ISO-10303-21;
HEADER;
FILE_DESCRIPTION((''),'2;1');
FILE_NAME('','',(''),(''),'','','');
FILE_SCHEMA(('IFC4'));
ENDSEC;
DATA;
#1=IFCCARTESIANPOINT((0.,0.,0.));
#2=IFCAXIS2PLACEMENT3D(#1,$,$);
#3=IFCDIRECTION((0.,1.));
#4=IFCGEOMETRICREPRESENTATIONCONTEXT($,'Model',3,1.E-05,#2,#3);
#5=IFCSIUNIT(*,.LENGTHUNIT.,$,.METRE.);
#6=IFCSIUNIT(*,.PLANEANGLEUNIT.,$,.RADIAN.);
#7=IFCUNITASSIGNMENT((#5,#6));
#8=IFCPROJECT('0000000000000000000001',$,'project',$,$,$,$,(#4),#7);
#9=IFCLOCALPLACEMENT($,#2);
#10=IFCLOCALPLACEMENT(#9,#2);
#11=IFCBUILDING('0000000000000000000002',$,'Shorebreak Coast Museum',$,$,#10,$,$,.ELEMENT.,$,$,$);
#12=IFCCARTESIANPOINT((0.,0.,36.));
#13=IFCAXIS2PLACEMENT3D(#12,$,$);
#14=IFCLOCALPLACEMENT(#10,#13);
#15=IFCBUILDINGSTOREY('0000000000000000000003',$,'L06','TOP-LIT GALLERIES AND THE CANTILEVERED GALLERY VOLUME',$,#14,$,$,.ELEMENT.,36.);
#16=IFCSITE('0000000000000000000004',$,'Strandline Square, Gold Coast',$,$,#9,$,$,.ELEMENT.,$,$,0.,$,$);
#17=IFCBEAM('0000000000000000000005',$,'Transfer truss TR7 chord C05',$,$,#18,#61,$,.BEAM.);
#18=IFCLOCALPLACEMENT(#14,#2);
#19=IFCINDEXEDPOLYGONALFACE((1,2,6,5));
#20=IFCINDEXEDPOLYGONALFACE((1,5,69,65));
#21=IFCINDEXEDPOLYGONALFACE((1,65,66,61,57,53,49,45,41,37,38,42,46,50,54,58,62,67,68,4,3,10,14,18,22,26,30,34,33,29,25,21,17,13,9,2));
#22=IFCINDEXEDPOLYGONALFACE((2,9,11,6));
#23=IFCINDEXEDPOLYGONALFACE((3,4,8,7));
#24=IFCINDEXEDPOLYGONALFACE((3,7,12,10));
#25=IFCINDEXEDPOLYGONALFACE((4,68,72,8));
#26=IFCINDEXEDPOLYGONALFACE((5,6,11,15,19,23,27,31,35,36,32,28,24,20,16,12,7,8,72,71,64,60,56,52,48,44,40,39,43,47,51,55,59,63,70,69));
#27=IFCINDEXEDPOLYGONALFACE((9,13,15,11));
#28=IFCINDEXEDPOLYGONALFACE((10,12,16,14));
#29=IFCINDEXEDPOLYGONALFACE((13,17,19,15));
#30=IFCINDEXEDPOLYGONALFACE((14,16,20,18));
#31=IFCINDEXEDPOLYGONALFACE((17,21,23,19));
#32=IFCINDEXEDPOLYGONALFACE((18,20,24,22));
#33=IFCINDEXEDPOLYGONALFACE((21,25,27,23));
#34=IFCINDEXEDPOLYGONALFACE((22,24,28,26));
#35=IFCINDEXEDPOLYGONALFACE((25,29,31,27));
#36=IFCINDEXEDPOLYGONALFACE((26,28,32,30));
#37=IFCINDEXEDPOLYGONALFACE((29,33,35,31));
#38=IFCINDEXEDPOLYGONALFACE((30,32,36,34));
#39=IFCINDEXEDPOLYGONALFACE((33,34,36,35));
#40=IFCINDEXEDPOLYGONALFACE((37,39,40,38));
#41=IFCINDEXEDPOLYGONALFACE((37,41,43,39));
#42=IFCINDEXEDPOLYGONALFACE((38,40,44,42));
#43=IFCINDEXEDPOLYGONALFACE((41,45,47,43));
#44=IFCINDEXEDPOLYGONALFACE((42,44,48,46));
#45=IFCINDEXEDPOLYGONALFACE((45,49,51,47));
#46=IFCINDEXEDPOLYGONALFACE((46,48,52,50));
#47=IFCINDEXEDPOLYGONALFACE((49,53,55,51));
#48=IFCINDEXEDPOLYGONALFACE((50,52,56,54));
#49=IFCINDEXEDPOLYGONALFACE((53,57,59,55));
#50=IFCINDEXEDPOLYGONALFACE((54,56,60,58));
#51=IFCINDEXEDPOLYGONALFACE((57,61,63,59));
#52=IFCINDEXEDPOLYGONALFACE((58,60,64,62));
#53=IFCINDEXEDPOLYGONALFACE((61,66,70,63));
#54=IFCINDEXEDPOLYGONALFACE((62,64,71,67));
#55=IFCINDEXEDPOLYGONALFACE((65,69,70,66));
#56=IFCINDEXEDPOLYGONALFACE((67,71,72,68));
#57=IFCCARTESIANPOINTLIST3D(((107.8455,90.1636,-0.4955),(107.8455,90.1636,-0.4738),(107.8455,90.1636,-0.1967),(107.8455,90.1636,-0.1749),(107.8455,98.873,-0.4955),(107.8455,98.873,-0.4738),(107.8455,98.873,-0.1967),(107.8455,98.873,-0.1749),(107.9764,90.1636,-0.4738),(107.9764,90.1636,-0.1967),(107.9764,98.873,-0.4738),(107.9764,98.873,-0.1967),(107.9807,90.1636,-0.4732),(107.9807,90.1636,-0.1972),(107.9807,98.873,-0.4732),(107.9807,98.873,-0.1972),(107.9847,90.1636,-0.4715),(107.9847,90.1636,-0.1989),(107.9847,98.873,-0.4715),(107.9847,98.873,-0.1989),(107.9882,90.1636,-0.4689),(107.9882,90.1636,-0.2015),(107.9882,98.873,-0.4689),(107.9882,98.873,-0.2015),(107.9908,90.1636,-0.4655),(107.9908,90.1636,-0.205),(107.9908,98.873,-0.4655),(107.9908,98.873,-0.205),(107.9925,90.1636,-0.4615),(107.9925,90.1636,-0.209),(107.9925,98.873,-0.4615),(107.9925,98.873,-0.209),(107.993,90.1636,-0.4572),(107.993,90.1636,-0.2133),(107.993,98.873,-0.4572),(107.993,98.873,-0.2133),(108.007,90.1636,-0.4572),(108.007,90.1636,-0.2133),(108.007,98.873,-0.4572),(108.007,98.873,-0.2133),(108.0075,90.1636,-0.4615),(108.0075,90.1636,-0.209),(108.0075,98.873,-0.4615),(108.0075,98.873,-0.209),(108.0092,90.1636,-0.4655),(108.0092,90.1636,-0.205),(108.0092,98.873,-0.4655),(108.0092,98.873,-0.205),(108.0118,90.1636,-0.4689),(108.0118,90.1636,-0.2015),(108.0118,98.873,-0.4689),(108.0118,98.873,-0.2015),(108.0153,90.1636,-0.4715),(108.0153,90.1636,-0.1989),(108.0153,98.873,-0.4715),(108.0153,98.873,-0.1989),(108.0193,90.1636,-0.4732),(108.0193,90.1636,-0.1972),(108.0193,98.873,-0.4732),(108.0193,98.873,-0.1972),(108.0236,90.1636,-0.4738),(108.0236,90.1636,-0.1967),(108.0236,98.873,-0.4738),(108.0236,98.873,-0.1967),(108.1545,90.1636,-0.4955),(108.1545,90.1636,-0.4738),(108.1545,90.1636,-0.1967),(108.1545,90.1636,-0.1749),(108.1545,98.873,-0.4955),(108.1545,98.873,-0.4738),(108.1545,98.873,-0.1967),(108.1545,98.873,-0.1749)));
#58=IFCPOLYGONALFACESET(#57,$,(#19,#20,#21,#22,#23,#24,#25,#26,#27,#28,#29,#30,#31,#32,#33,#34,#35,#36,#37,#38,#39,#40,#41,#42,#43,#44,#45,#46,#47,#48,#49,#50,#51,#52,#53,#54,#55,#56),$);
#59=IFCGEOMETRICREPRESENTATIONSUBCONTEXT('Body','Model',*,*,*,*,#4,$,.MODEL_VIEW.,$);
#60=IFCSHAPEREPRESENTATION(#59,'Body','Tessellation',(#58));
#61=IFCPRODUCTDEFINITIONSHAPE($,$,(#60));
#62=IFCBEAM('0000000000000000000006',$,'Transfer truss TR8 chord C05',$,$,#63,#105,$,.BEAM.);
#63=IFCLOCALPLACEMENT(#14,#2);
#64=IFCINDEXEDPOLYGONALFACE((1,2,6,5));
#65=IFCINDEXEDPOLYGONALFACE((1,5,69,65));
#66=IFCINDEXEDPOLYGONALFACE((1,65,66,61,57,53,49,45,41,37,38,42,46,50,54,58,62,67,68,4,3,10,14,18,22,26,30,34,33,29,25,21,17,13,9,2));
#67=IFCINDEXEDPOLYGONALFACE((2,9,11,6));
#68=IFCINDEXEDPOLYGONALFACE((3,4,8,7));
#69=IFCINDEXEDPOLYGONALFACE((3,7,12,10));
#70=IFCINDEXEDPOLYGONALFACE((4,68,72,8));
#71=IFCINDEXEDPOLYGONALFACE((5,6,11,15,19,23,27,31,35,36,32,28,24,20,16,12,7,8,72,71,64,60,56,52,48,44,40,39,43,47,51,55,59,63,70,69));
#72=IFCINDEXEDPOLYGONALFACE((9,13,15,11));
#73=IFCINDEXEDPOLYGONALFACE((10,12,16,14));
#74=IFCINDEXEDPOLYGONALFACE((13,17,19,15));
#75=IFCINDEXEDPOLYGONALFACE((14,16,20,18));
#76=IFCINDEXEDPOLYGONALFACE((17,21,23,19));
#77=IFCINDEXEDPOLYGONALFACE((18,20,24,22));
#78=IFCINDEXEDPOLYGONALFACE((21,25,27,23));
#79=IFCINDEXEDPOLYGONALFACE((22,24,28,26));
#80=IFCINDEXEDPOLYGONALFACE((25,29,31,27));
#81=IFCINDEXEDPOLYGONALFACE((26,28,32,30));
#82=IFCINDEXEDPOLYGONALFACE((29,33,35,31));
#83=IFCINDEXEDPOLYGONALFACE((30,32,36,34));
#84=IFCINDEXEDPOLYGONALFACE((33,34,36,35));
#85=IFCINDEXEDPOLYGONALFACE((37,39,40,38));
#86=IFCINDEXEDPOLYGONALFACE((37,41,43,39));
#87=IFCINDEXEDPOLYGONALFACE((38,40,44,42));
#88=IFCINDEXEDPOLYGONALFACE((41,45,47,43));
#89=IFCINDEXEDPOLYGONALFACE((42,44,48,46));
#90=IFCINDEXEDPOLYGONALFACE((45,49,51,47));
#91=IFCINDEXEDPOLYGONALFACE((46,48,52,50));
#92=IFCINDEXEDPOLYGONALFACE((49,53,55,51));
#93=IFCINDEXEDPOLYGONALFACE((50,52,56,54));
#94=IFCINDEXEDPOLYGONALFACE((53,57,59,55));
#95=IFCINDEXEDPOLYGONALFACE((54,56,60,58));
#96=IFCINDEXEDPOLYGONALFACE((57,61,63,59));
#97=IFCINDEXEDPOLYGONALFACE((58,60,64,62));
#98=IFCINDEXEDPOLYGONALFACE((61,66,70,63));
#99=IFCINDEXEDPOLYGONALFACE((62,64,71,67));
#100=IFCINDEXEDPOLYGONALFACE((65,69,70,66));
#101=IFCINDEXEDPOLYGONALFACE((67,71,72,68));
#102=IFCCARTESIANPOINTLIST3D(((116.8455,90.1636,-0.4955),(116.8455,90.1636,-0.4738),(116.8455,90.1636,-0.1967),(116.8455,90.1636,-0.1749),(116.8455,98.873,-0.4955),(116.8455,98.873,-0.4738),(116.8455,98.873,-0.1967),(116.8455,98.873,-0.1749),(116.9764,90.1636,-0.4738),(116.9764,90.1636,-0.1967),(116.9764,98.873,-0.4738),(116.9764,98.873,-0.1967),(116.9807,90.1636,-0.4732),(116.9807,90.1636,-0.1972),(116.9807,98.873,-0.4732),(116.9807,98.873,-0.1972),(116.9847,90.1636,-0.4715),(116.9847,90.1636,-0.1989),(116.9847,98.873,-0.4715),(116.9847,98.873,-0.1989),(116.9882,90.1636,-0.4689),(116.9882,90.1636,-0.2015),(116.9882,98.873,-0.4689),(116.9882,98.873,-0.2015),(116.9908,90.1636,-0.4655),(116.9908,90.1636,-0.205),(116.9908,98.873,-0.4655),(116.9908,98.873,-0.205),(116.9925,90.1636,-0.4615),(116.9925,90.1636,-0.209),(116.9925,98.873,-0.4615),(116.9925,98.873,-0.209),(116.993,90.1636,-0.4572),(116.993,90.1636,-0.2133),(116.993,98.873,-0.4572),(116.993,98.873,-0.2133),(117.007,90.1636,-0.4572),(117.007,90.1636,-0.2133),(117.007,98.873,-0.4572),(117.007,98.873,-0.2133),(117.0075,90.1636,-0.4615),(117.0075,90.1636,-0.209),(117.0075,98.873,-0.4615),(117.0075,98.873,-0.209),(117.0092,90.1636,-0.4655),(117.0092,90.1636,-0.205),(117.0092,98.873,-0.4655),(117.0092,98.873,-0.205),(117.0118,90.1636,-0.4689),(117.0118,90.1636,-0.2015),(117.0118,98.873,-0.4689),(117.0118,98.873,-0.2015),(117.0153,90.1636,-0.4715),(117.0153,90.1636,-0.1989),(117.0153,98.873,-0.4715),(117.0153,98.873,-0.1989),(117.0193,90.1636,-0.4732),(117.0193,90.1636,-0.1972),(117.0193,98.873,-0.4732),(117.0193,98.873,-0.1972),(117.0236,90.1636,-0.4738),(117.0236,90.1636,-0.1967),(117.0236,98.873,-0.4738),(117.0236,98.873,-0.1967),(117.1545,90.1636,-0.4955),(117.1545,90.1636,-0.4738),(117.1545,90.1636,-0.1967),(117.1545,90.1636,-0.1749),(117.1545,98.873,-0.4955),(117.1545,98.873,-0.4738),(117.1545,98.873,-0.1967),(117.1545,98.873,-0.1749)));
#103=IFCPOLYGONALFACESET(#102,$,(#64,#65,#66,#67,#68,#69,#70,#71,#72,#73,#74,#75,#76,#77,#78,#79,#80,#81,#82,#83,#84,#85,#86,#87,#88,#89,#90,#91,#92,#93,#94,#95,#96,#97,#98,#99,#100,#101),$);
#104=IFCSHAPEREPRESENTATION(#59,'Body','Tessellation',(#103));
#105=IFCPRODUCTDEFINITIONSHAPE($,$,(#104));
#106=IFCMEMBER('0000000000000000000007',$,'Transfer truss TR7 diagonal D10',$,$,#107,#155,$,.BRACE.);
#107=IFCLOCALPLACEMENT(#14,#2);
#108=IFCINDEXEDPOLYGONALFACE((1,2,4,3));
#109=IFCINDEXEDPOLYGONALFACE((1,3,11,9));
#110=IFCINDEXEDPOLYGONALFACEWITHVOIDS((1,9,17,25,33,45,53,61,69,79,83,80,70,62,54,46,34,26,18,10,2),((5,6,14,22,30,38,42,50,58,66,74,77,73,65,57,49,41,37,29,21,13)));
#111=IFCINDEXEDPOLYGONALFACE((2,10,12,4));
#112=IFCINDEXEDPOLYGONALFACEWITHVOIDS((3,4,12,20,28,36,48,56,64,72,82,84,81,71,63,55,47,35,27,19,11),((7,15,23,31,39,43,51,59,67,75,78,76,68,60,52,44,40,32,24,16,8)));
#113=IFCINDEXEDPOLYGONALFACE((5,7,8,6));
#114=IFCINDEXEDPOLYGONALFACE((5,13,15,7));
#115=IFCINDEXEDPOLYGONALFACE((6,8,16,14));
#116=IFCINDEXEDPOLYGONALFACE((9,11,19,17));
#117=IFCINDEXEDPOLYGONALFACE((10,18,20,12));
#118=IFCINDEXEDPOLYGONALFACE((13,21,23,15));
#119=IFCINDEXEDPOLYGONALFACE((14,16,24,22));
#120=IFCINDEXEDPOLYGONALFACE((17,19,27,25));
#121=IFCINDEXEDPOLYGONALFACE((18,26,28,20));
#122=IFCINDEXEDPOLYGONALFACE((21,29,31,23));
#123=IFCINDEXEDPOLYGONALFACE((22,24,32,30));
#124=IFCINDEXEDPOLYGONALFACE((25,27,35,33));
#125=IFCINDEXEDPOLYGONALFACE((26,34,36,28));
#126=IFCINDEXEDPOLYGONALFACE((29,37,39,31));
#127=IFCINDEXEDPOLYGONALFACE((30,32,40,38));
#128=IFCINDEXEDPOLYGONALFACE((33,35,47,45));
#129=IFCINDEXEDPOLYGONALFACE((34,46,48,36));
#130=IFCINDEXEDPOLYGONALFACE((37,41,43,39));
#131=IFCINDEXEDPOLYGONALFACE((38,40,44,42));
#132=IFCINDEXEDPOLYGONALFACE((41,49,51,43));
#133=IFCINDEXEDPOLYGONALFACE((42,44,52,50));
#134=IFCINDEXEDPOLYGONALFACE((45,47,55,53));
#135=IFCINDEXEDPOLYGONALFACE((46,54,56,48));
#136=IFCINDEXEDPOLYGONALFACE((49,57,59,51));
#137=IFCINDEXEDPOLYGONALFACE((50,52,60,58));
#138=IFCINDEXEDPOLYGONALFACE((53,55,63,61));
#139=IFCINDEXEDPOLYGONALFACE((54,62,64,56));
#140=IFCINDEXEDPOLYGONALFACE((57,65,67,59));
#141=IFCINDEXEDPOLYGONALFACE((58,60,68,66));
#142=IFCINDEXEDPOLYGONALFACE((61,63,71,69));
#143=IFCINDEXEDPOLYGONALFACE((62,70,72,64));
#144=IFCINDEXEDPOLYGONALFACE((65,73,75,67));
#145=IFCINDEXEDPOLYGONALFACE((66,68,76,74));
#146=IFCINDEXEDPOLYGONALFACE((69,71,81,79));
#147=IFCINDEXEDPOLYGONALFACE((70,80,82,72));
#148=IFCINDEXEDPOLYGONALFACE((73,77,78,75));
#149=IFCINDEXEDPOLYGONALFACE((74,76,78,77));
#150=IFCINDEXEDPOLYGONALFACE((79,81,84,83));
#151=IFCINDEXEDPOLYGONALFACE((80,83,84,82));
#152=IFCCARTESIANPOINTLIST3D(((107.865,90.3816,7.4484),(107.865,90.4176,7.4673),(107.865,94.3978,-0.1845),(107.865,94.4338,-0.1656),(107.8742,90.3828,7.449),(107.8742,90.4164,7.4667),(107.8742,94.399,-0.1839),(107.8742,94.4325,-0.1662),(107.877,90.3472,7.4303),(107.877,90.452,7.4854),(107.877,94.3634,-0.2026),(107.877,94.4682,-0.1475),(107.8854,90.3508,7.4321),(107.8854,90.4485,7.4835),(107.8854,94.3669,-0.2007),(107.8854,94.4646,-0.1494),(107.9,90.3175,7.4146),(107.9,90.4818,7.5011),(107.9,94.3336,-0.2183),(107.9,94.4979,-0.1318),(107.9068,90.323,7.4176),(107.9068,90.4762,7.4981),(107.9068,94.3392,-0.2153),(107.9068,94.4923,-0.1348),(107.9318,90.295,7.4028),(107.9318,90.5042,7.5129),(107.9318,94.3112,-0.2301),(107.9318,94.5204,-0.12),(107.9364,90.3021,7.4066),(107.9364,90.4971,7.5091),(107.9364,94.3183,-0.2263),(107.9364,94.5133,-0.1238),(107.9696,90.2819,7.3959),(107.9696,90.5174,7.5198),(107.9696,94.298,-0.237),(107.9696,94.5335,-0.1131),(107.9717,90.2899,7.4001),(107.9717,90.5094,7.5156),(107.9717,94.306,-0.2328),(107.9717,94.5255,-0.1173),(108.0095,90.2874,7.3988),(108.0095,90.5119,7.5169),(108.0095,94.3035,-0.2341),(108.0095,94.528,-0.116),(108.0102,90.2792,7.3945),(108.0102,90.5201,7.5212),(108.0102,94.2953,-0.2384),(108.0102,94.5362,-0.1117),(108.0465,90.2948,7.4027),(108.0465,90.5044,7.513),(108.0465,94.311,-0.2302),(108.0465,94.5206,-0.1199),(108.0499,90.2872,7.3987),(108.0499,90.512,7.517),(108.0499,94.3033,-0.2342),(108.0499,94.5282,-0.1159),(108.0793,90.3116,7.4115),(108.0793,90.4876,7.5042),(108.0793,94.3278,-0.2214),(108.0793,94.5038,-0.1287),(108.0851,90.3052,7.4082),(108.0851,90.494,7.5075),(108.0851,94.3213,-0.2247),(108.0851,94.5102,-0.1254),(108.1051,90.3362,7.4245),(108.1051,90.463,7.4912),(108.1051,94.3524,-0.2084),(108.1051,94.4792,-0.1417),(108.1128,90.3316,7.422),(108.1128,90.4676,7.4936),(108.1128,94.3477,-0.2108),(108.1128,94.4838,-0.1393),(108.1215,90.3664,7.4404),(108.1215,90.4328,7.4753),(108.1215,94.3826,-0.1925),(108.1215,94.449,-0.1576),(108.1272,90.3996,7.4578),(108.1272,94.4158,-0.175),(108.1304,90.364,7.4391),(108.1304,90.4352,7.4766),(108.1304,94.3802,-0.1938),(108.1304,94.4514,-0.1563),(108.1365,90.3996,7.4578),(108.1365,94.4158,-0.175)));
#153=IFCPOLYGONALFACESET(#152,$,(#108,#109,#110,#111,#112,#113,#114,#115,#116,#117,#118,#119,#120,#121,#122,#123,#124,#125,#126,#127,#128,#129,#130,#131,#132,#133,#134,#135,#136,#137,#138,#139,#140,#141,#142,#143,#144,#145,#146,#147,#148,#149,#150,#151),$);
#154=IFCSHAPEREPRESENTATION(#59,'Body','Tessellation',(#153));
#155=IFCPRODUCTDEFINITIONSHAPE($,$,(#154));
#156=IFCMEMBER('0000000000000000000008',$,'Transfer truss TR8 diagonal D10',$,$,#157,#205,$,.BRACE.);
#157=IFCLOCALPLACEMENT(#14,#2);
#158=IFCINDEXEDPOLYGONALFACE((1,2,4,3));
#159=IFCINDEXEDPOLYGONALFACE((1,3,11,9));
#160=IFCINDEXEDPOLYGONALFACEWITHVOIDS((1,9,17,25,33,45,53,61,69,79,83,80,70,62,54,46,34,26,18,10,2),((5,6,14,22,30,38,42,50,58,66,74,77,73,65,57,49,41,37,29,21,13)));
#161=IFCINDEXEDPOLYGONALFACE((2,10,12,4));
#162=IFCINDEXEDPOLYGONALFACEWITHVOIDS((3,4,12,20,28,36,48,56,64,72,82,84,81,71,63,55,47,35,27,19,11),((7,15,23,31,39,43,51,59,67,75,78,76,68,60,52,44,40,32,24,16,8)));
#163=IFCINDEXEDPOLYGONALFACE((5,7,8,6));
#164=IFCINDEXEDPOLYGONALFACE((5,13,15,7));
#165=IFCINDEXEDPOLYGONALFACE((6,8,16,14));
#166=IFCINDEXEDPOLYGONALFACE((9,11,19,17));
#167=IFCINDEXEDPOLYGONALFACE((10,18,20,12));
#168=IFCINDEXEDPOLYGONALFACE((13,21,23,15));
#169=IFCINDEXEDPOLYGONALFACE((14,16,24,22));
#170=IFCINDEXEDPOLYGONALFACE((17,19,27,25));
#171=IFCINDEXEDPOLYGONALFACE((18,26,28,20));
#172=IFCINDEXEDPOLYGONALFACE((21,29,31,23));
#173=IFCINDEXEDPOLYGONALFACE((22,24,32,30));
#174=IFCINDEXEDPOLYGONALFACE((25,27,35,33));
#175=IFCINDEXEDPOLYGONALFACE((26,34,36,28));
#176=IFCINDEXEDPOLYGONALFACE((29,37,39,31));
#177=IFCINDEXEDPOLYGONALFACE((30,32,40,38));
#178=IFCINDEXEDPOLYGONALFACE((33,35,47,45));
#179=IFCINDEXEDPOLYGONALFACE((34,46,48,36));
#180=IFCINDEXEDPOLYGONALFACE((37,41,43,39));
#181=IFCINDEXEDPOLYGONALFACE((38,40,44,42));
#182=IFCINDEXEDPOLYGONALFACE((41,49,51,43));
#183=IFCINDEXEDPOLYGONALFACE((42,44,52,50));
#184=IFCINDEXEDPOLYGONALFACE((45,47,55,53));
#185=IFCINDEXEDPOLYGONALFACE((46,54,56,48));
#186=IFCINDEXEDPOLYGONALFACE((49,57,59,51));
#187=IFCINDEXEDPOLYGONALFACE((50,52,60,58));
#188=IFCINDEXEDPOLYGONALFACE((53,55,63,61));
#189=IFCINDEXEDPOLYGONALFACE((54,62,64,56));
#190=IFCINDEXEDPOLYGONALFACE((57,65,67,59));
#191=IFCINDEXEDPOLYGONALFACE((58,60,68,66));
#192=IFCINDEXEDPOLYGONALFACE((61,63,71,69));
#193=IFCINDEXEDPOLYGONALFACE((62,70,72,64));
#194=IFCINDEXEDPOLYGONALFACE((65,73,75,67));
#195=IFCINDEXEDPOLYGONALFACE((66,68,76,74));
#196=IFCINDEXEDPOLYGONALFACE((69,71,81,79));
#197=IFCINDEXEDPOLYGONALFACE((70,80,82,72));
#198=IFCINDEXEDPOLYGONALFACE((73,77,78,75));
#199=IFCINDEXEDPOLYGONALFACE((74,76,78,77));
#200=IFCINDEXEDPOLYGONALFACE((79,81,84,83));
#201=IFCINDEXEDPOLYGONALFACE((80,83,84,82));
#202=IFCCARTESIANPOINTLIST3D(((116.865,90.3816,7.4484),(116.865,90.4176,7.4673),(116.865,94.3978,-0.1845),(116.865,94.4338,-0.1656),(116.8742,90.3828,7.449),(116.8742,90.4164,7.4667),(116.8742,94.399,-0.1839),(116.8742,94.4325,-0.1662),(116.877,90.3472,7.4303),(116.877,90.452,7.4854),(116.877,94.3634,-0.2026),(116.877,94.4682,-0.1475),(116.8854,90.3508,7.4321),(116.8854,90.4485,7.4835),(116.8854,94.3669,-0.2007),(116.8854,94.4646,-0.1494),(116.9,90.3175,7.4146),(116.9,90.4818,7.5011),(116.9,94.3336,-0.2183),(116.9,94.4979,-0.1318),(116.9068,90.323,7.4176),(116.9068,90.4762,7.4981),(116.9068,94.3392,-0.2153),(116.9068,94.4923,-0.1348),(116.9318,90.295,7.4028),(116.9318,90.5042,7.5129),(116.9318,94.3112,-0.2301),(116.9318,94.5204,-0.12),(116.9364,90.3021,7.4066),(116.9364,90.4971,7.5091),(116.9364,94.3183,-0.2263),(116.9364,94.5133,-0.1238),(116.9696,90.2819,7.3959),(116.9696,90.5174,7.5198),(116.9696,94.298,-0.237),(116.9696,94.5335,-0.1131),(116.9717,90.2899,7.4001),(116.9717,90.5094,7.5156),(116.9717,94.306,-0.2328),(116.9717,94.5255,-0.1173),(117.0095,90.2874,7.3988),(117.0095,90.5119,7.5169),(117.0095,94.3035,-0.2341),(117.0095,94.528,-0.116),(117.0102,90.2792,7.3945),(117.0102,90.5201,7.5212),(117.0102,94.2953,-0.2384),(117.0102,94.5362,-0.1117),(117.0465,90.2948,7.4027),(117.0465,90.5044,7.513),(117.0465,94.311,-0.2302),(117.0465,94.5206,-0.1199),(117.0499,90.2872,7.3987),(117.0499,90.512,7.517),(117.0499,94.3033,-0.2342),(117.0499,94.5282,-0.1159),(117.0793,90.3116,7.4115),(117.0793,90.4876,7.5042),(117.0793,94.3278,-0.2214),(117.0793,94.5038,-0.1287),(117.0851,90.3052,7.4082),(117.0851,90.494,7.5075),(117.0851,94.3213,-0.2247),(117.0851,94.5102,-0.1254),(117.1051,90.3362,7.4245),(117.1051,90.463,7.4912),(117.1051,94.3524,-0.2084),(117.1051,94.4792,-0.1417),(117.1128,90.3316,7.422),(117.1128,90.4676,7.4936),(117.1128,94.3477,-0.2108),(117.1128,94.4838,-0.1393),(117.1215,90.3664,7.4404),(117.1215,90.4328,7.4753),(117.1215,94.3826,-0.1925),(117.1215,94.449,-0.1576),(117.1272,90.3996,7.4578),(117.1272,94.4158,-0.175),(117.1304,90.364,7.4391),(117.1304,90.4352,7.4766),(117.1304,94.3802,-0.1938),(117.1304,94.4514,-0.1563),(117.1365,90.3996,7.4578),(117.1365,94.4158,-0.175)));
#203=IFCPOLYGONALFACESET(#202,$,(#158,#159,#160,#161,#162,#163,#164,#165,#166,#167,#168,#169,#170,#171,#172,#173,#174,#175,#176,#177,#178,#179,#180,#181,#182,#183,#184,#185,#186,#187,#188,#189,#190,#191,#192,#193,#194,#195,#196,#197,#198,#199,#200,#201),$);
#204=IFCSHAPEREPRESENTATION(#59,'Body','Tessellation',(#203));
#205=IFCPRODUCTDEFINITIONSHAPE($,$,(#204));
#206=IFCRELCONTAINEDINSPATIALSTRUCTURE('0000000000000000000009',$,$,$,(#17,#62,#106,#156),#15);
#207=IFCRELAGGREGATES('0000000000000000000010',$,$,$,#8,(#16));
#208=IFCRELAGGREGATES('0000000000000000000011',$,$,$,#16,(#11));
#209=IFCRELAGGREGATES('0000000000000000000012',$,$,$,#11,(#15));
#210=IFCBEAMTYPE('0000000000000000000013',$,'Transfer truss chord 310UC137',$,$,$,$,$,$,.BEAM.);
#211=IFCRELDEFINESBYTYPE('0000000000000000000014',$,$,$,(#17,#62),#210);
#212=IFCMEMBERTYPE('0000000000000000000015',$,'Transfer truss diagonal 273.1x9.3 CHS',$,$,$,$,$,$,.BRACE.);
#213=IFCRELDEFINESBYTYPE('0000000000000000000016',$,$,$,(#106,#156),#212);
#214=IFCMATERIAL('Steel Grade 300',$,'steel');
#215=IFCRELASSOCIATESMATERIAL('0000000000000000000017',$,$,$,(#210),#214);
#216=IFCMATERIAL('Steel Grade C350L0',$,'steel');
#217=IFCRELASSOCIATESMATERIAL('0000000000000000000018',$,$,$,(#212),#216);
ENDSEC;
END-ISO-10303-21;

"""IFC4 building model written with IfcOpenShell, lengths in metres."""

from ifc_helpers import new_model, si_unit, direction, frame, origin, origin_2d, place, context, subcontext, project, spatial, hollow_circle, i_section, extrude, material, material_profile, profile_set, type_object, element, save


model = new_model("IFC4")

# Units and contexts
model_context = context("Model", 3, precision=1e-05, world=origin(), true_north=direction((0.0, 1.0)))
body_context = subcontext(model_context, "Body", "Model", "MODEL_VIEW")
ifc_project = project(units=[si_unit("LENGTHUNIT", "METRE"), si_unit("PLANEANGLEUNIT", "RADIAN")], contexts=[model_context])

# Site, building, storey
site_placement = place(None, origin())
site = spatial("IfcSite", under=ifc_project, at=site_placement, Name="Strandline Square, Gold Coast", CompositionType="ELEMENT", RefElevation=0.0)
building_placement = place(site_placement, origin())
building = spatial("IfcBuilding", under=site, at=building_placement, Name="Shorebreak Coast Museum", CompositionType="ELEMENT")
storey_placement = place(building_placement, frame((0.0, 0.0, 36.0)))
storey = spatial("IfcBuildingStorey", under=building, at=storey_placement, Name="L06", Description="TOP-LIT GALLERIES AND THE CANTILEVERED GALLERY VOLUME", CompositionType="ELEMENT", Elevation=36.0)

# Beams
ifc_material_1 = material(Name="Steel Grade 300", Category="steel")
ifc_material_profile_1 = material_profile(ifc_material_1, i_section(OverallWidth=0.3091, OverallDepth=0.3206, WebThickness=0.0139, FlangeThickness=0.0217, FilletRadius=0.0166, at=origin_2d()), Name="310UC137")
ifc_profile_set_1 = profile_set([ifc_material_profile_1], Name="Steel Grade 300")
beam_type_1 = type_object("IfcBeamType", Name="Transfer truss chord 310UC137", PredefinedType="BEAM", material=ifc_profile_set_1)
for number, where, z_axis, x_axis, name in (
    (1, (108.0, 90.1636, -0.3352), (0.0, 1.0, 0.0), (-1.0, 0.0, 0.0), "Transfer truss TR7 chord C05"),
    (2, (117.0, 90.1636, -0.3352), (0.0, 1.0, 0.0), (-1.0, 0.0, 0.0), "Transfer truss TR8 chord C05"),
):
    element("IfcBeam", number, at=place(storey_placement, frame(where, z_axis=z_axis, x_axis=x_axis)), inside=storey, type_object=beam_type_1, Name=name, PredefinedType="BEAM", context=body_context, shape_type="SweptSolid", body=[
        extrude(i_section(OverallWidth=0.3091, OverallDepth=0.3206, WebThickness=0.0139, FlangeThickness=0.0217, FilletRadius=0.0166, at=origin_2d()), origin(), (0.0, 0.0, 1.0), 8.7095),
    ])

# Members
ifc_material_2 = material(Name="Steel Grade C350L0", Category="steel")
ifc_material_profile_2 = material_profile(ifc_material_2, hollow_circle(Radius=0.1365, WallThickness=0.0093, at=origin_2d()), Name="273.1x9.3 CHS")
ifc_profile_set_2 = profile_set([ifc_material_profile_2], Name="Steel Grade C350L0")
member_type = type_object("IfcMemberType", Name="Transfer truss diagonal 273.1x9.3 CHS", PredefinedType="BRACE", material=ifc_profile_set_2)
for number, where, z_axis, x_axis, name in (
    (3, (108.0, 94.4158, -0.175), (0.0, -0.465641, 0.884973), (1.0, 0.0, 0.0), "Transfer truss TR7 diagonal D10"),
    (4, (117.0, 94.4158, -0.175), (0.0, -0.465641, 0.884973), (1.0, 0.0, 0.0), "Transfer truss TR8 diagonal D10"),
):
    element("IfcMember", number, at=place(storey_placement, frame(where, z_axis=z_axis, x_axis=x_axis)), inside=storey, type_object=member_type, Name=name, PredefinedType="BRACE", context=body_context, shape_type="SweptSolid", body=[
        extrude(hollow_circle(Radius=0.1365, WallThickness=0.0093, at=origin_2d()), origin(), (0.0, 0.0, 1.0), 8.625),
    ])

save(model, "model.ifc")
